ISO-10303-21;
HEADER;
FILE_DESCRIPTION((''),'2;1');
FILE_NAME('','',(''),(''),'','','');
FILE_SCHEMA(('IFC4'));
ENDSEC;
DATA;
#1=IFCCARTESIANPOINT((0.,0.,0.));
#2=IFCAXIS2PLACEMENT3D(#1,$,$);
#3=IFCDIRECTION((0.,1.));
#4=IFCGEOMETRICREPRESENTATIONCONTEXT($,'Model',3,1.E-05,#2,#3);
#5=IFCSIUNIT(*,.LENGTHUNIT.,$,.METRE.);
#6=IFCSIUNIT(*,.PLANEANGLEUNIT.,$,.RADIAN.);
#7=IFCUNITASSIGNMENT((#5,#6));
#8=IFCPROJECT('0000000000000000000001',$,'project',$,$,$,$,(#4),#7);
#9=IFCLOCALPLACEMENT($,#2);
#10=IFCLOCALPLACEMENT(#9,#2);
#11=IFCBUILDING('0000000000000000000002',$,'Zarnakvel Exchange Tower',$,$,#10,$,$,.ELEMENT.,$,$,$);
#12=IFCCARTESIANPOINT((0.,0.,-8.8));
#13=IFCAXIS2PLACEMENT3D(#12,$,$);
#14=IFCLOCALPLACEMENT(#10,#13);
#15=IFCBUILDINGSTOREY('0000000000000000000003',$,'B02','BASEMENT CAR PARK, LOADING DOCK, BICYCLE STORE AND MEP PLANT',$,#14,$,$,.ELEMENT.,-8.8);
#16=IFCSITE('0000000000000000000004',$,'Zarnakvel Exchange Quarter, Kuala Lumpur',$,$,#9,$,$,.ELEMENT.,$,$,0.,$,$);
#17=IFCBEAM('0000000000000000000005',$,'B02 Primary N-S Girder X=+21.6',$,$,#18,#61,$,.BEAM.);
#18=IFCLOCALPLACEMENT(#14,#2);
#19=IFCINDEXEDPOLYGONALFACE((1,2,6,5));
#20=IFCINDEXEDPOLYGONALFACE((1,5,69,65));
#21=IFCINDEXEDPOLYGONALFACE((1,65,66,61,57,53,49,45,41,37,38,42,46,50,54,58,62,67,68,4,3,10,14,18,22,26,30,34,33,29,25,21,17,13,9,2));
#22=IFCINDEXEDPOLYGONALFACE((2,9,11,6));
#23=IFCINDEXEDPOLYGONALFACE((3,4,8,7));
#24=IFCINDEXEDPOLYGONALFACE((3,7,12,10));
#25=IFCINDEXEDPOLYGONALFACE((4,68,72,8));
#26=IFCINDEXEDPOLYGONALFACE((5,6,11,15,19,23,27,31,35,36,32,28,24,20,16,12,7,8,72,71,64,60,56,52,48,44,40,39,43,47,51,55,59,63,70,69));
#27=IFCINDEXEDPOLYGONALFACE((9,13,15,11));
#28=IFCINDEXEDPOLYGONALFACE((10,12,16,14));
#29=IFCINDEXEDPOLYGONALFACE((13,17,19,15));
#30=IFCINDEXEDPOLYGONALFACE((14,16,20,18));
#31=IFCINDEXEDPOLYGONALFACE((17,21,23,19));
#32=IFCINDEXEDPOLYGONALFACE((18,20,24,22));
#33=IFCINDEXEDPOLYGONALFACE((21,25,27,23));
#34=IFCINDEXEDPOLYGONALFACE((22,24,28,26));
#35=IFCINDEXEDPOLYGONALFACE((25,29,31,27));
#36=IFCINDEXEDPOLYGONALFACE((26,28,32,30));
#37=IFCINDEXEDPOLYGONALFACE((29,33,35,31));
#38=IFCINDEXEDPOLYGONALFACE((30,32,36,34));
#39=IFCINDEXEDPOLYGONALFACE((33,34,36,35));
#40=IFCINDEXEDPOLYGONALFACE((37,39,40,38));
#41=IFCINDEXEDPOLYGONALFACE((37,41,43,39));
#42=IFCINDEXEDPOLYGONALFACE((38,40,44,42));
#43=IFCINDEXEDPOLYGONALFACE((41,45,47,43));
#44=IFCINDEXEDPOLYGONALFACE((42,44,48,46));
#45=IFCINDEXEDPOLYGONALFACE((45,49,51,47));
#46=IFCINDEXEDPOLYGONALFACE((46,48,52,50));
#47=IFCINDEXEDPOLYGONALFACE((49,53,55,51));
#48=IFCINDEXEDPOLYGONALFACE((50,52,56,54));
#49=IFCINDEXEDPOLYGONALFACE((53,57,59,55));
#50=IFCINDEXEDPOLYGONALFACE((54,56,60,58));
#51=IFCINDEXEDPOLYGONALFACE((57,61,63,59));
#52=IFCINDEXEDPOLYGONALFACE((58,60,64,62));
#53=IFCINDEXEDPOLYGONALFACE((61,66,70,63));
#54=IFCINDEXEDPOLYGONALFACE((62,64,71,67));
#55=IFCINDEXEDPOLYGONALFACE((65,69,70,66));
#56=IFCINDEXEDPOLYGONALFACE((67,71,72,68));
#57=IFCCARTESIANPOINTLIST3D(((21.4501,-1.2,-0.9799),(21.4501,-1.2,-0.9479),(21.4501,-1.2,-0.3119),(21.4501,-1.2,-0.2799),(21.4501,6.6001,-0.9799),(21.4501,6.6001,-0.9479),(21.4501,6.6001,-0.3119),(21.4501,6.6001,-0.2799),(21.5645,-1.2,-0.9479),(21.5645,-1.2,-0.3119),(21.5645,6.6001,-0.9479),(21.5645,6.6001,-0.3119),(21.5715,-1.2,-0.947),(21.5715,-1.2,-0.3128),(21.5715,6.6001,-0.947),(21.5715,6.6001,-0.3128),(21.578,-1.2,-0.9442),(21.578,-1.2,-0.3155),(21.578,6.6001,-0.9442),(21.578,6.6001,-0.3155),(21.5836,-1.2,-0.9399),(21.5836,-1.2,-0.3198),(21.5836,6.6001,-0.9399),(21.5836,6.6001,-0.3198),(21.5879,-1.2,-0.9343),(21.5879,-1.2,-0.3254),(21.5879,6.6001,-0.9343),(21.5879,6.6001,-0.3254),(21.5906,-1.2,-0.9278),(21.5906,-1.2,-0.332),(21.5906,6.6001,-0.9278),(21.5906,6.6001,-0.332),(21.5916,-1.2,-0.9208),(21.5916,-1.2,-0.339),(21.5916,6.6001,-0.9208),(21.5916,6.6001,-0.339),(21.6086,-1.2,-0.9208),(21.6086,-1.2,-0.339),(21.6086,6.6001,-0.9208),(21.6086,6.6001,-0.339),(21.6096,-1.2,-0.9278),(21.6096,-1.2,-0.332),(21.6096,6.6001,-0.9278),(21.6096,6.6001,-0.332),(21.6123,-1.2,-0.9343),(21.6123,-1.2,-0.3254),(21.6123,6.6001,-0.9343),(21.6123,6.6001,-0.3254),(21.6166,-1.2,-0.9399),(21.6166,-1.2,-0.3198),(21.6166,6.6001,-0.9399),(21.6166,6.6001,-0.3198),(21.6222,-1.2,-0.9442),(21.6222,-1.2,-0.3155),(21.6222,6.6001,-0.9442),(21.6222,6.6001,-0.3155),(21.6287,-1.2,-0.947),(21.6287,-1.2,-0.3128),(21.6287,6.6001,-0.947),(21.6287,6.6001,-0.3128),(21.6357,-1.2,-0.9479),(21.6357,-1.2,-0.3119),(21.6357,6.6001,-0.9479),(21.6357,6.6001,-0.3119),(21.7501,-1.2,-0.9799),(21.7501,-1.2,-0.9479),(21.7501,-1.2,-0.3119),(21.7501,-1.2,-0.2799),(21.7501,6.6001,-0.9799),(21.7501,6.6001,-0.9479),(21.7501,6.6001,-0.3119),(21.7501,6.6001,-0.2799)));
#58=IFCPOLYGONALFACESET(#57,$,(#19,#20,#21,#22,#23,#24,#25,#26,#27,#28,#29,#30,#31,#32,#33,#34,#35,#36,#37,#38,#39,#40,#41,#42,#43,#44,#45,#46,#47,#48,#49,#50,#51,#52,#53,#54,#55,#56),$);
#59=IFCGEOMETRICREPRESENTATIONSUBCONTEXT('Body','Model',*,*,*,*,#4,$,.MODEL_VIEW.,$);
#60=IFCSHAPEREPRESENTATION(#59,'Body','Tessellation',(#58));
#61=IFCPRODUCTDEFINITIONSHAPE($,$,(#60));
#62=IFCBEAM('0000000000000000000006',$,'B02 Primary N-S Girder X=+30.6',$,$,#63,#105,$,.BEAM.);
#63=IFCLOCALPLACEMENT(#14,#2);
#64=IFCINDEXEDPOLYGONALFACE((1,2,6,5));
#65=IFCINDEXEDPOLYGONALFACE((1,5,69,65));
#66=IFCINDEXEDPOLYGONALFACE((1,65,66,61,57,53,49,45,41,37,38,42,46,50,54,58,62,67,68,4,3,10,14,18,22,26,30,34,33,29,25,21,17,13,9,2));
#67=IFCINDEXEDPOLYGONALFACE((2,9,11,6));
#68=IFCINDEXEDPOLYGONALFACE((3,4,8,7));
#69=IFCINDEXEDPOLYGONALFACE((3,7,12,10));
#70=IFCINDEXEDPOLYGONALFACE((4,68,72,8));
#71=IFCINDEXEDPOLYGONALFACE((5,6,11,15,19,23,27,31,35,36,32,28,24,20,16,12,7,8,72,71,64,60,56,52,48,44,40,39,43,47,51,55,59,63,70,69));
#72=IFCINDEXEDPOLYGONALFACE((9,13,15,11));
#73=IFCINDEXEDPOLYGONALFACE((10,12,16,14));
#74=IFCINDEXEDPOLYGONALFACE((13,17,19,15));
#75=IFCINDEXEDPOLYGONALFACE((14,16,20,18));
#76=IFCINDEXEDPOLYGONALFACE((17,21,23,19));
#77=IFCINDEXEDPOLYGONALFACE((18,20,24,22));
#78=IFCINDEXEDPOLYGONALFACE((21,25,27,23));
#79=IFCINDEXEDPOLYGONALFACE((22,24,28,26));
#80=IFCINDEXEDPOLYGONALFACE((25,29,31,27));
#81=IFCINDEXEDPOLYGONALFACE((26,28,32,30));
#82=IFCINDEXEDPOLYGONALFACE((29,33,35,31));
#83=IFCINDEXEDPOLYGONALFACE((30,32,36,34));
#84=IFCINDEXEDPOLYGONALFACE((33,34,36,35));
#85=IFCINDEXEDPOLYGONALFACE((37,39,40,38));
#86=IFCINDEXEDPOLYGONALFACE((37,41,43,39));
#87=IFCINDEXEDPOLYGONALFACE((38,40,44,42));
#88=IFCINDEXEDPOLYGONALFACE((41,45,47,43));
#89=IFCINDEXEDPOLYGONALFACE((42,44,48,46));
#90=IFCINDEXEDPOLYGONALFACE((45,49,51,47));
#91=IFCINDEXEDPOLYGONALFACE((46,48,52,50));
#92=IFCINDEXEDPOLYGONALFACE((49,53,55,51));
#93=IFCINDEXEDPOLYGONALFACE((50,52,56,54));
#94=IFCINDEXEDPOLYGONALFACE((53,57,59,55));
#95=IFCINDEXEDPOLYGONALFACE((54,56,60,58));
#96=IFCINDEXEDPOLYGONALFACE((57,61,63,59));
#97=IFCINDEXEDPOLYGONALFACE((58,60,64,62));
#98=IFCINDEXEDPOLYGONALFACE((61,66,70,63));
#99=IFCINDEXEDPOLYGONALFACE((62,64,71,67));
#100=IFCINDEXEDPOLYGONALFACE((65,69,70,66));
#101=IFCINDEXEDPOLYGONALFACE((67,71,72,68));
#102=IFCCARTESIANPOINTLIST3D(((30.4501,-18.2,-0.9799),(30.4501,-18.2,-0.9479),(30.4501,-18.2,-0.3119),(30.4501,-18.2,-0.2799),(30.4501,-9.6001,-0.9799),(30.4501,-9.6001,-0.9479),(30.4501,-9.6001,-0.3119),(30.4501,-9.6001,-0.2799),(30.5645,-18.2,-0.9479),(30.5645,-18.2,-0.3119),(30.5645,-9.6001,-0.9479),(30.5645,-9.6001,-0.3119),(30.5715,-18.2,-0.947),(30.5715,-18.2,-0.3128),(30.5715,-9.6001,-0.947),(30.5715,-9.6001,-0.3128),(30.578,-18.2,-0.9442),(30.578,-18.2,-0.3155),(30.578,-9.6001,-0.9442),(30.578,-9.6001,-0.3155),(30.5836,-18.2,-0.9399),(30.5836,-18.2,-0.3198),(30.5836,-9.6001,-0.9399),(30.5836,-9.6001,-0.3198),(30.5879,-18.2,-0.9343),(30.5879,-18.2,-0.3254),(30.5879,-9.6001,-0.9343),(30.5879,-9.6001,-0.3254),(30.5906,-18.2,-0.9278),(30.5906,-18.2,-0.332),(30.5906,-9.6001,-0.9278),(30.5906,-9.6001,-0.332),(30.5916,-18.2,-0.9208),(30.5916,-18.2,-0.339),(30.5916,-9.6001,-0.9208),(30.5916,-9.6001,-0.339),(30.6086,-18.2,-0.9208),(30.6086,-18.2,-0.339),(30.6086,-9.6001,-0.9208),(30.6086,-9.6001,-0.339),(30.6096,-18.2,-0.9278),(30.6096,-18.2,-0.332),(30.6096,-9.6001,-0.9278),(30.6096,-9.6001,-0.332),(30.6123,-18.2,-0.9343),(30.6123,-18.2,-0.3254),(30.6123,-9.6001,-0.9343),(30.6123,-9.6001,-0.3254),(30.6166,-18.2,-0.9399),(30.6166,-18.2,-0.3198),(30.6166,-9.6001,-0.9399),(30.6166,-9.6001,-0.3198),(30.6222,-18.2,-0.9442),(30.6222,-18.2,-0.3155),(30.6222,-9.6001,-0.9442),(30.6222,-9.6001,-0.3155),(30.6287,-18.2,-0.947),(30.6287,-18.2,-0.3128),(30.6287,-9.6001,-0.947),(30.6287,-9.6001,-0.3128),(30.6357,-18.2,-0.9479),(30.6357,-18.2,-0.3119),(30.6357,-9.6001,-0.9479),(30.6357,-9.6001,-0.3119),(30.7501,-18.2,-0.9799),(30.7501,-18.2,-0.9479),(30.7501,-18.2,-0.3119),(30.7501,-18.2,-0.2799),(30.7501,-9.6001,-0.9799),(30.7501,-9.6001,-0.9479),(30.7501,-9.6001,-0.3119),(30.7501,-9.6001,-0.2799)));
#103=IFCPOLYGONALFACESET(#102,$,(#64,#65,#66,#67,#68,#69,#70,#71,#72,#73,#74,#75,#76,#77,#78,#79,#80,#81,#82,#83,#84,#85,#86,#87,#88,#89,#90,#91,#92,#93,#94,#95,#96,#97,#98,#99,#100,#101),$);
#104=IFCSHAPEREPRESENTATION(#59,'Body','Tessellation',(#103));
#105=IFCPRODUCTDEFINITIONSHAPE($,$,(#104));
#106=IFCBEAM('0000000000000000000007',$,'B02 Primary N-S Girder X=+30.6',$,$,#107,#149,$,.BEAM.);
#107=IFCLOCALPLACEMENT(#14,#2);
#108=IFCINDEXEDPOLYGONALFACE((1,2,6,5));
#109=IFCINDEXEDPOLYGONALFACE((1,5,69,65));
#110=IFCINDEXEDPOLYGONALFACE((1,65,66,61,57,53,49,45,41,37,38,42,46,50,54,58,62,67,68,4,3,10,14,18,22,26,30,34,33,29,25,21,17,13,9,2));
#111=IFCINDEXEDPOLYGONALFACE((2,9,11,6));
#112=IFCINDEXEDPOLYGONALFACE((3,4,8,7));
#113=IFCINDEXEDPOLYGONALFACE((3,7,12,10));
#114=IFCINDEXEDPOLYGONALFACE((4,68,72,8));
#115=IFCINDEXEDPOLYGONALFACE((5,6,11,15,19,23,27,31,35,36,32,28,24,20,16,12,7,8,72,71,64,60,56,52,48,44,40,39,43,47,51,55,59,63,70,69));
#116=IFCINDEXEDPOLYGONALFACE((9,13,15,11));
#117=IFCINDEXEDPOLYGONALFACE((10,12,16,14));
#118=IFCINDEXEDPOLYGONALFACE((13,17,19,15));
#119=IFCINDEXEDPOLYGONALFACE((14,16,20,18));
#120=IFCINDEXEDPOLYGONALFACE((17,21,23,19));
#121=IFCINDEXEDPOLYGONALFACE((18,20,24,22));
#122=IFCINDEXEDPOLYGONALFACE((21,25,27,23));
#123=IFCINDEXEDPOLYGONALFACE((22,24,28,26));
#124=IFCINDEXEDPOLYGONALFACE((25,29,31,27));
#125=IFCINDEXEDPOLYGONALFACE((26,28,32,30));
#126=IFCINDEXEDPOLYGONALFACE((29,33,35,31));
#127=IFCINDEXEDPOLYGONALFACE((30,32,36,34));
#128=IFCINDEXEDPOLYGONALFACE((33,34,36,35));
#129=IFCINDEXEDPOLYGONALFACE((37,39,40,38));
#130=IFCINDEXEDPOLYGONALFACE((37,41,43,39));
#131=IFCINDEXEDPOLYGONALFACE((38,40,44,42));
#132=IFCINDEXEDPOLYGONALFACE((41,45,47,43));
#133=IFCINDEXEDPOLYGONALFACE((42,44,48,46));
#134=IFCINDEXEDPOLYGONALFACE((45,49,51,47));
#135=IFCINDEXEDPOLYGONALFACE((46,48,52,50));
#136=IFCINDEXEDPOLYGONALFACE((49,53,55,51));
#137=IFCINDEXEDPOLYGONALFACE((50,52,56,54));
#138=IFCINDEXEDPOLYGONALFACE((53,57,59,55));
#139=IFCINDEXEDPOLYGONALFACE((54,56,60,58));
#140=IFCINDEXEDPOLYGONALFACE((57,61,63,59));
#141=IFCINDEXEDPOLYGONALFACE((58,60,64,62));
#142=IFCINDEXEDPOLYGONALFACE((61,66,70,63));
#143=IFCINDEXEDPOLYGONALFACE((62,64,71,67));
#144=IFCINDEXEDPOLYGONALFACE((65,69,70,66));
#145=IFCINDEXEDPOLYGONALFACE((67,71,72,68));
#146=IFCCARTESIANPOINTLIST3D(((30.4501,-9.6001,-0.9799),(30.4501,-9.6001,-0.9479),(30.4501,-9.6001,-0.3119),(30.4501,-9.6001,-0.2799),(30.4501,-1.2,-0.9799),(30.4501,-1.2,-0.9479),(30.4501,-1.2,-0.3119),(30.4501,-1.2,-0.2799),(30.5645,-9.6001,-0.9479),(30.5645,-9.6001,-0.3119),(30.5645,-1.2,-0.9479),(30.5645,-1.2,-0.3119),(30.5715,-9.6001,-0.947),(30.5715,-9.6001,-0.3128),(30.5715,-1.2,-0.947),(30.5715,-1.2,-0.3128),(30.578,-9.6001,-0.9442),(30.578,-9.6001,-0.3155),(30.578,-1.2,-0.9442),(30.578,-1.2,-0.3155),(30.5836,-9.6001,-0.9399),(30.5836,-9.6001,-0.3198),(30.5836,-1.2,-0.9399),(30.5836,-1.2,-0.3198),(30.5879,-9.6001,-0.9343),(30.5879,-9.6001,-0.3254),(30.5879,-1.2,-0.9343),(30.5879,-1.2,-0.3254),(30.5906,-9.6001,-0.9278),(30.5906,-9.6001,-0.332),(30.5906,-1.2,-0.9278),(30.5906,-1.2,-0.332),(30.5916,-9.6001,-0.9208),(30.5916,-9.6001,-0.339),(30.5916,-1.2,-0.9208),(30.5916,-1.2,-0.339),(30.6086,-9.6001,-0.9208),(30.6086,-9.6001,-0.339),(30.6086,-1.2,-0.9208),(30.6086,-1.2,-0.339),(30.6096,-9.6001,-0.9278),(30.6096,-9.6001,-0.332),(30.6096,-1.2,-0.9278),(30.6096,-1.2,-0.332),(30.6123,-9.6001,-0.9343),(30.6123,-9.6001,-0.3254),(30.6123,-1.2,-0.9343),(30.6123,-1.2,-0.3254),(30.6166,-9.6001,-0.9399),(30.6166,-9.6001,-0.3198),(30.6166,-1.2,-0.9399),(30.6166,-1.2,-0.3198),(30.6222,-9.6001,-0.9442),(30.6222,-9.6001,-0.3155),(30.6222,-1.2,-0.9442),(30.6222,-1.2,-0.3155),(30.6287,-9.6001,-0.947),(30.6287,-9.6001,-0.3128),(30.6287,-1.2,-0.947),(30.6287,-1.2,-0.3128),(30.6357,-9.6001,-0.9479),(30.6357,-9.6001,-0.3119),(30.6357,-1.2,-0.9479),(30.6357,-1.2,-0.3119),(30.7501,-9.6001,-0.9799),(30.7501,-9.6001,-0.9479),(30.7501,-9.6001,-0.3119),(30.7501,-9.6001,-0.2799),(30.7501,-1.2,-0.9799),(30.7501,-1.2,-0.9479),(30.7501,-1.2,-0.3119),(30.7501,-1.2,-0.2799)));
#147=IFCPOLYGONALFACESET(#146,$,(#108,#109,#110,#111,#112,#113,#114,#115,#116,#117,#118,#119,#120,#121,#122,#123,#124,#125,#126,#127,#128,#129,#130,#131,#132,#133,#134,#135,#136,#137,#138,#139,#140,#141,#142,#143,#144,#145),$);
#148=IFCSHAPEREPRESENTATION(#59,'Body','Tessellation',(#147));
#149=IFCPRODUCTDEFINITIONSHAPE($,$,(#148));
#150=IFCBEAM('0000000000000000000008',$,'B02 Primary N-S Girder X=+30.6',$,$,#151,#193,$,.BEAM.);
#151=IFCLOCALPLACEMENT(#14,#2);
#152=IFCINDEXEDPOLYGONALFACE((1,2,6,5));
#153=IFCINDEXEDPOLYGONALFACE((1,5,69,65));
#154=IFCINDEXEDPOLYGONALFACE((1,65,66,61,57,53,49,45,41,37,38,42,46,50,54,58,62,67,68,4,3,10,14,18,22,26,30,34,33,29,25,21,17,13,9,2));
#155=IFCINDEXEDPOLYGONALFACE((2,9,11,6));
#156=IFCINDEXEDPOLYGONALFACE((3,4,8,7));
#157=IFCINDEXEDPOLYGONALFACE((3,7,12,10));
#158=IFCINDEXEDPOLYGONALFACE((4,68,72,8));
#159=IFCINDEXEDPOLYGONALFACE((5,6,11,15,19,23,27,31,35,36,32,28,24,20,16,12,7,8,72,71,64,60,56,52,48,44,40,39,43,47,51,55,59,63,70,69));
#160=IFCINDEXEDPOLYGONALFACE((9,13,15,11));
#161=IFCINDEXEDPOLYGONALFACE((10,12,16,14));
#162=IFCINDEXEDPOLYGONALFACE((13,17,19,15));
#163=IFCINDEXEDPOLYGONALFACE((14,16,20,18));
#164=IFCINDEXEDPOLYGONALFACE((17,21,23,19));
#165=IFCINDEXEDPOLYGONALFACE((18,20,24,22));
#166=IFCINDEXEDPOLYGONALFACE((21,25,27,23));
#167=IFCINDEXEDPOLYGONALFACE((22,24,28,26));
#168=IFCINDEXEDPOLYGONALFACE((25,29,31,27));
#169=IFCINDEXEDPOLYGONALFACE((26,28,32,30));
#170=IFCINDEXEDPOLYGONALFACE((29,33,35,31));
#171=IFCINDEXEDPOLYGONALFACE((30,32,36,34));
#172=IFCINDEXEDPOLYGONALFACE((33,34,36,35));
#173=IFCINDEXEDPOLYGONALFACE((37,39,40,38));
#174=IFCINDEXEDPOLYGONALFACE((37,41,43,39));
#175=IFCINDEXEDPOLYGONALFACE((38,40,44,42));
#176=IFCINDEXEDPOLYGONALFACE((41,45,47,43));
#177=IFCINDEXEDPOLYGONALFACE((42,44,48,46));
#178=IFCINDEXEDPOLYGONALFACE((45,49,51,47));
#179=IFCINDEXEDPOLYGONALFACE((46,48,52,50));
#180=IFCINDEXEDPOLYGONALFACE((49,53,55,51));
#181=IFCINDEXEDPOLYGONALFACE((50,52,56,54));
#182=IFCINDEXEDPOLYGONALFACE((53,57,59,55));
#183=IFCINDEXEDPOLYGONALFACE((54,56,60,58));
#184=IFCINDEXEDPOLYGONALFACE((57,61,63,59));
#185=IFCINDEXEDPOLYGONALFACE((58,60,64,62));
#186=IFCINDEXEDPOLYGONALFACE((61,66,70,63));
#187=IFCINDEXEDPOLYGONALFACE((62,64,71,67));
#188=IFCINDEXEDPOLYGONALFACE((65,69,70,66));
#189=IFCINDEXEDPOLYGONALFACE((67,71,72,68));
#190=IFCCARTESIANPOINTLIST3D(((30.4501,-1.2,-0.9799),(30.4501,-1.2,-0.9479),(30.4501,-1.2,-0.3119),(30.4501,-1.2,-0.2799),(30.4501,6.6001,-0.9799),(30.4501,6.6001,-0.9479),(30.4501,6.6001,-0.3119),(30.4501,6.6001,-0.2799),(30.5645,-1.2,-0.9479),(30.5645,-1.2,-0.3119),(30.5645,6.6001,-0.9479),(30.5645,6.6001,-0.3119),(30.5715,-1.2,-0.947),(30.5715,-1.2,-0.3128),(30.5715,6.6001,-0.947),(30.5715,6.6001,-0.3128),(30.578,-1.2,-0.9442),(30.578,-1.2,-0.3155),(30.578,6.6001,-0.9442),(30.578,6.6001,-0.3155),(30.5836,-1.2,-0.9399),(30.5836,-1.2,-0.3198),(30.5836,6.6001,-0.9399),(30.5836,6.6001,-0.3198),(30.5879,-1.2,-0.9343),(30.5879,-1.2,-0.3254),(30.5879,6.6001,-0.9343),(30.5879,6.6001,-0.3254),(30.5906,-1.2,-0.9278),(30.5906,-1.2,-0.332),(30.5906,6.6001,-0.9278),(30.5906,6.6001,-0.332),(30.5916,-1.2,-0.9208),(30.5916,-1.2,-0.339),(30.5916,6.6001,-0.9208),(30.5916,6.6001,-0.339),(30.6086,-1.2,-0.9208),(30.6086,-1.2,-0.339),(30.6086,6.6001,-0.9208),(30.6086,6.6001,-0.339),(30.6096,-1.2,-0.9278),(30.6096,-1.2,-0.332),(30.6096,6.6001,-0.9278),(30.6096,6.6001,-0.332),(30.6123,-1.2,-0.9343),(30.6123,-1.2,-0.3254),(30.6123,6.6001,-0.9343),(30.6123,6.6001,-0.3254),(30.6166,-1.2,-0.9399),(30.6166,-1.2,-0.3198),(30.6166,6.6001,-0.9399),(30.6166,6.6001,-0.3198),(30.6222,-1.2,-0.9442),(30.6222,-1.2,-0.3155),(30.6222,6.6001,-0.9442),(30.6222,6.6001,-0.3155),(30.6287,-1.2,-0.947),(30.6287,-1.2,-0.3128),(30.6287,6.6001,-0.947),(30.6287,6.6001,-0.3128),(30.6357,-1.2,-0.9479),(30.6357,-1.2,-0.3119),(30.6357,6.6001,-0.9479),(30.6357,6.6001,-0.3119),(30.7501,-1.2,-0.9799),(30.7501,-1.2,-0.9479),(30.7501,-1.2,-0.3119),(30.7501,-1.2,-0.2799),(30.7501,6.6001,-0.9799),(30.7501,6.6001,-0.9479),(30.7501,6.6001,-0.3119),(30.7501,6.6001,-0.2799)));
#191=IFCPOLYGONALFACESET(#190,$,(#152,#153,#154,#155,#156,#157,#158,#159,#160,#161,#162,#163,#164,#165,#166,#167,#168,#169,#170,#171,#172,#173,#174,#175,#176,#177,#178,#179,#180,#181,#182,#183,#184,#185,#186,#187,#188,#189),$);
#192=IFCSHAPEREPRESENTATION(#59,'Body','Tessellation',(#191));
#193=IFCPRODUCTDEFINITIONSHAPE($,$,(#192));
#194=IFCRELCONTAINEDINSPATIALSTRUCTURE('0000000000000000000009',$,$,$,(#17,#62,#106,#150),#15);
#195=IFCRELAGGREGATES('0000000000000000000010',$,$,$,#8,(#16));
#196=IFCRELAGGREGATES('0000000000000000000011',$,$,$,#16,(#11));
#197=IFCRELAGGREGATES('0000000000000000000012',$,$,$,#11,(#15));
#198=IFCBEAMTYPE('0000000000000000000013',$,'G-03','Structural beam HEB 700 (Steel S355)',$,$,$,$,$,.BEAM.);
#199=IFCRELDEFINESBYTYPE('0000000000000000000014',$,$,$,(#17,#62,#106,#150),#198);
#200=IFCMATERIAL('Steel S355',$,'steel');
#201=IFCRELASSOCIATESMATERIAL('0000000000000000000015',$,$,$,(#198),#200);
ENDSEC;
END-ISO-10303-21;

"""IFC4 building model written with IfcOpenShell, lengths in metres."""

from ifc_helpers import new_model, si_unit, direction, frame, origin, origin_2d, place, context, subcontext, project, spatial, i_section, extrude, material, material_profile, profile_set, type_object, element, save


model = new_model("IFC4")

# Units and contexts
model_context = context("Model", 3, precision=1e-05, world=origin(), true_north=direction((0.0, 1.0)))
body_context = subcontext(model_context, "Body", "Model", "MODEL_VIEW")
ifc_project = project(units=[si_unit("LENGTHUNIT", "METRE"), si_unit("PLANEANGLEUNIT", "RADIAN")], contexts=[model_context])

# Site, building, storey
site_placement = place(None, origin())
site = spatial("IfcSite", under=ifc_project, at=site_placement, Name="Zarnakvel Exchange Quarter, Kuala Lumpur", CompositionType="ELEMENT", RefElevation=0.0)
building_placement = place(site_placement, origin())
building = spatial("IfcBuilding", under=site, at=building_placement, Name="Zarnakvel Exchange Tower", CompositionType="ELEMENT")
storey_placement = place(building_placement, frame((0.0, 0.0, -8.8)))
storey = spatial("IfcBuildingStorey", under=building, at=storey_placement, Name="B02", Description="BASEMENT CAR PARK, LOADING DOCK, BICYCLE STORE AND MEP PLANT", CompositionType="ELEMENT", Elevation=-8.8)

# Beams
ifc_material_1 = material(Name="Steel S355", Category="steel")
ifc_material_profile_1 = material_profile(ifc_material_1, i_section(OverallWidth=0.3, OverallDepth=0.7, WebThickness=0.0171, FlangeThickness=0.032, FilletRadius=0.0271, at=origin_2d()))
ifc_profile_set_1 = profile_set([ifc_material_profile_1], Name="Steel S355")
beam_type_1 = type_object("IfcBeamType", Name="G-03", Description="Structural beam HEB 700 (Steel S355)", PredefinedType="BEAM", material=ifc_profile_set_1)
beam_1_placement = place(storey_placement, frame((21.6001, -1.2, -0.6299), z_axis=(0.0, 1.0, 0.0), x_axis=(-1.0, 0.0, 0.0)))
element("IfcBeam", 1, at=beam_1_placement, inside=storey, type_object=beam_type_1, Name="B02 Primary N-S Girder X=+21.6", PredefinedType="BEAM", context=body_context, shape_type="SweptSolid", body=[
    extrude(i_section(OverallWidth=0.3, OverallDepth=0.7, WebThickness=0.0171, FlangeThickness=0.032, FilletRadius=0.0271, at=origin_2d()), origin(), (0.0, 0.0, 1.0), 7.8),
])
beam_2_placement = place(storey_placement, frame((30.6001, -18.2, -0.6299), z_axis=(0.0, 1.0, 0.0), x_axis=(-1.0, 0.0, 0.0)))
element("IfcBeam", 2, at=beam_2_placement, inside=storey, type_object=beam_type_1, Name="B02 Primary N-S Girder X=+30.6", PredefinedType="BEAM", context=body_context, shape_type="SweptSolid", body=[
    extrude(i_section(OverallWidth=0.3, OverallDepth=0.7, WebThickness=0.0171, FlangeThickness=0.032, FilletRadius=0.0271, at=origin_2d()), origin(), (0.0, 0.0, 1.0), 8.5999),
])
beam_3_placement = place(storey_placement, frame((30.6001, -9.6001, -0.6299), z_axis=(0.0, 1.0, 0.0), x_axis=(-1.0, 0.0, 0.0)))
element("IfcBeam", 3, at=beam_3_placement, inside=storey, type_object=beam_type_1, Name="B02 Primary N-S Girder X=+30.6", PredefinedType="BEAM", context=body_context, shape_type="SweptSolid", body=[
    extrude(i_section(OverallWidth=0.3, OverallDepth=0.7, WebThickness=0.0171, FlangeThickness=0.032, FilletRadius=0.0271, at=origin_2d()), origin(), (0.0, 0.0, 1.0), 8.4001),
])
beam_4_placement = place(storey_placement, frame((30.6001, -1.2, -0.6299), z_axis=(0.0, 1.0, 0.0), x_axis=(-1.0, 0.0, 0.0)))
element("IfcBeam", 4, at=beam_4_placement, inside=storey, type_object=beam_type_1, Name="B02 Primary N-S Girder X=+30.6", PredefinedType="BEAM", context=body_context, shape_type="SweptSolid", body=[
    extrude(i_section(OverallWidth=0.3, OverallDepth=0.7, WebThickness=0.0171, FlangeThickness=0.032, FilletRadius=0.0271, at=origin_2d()), origin(), (0.0, 0.0, 1.0), 7.8),
])

save(model, "model.ifc")
